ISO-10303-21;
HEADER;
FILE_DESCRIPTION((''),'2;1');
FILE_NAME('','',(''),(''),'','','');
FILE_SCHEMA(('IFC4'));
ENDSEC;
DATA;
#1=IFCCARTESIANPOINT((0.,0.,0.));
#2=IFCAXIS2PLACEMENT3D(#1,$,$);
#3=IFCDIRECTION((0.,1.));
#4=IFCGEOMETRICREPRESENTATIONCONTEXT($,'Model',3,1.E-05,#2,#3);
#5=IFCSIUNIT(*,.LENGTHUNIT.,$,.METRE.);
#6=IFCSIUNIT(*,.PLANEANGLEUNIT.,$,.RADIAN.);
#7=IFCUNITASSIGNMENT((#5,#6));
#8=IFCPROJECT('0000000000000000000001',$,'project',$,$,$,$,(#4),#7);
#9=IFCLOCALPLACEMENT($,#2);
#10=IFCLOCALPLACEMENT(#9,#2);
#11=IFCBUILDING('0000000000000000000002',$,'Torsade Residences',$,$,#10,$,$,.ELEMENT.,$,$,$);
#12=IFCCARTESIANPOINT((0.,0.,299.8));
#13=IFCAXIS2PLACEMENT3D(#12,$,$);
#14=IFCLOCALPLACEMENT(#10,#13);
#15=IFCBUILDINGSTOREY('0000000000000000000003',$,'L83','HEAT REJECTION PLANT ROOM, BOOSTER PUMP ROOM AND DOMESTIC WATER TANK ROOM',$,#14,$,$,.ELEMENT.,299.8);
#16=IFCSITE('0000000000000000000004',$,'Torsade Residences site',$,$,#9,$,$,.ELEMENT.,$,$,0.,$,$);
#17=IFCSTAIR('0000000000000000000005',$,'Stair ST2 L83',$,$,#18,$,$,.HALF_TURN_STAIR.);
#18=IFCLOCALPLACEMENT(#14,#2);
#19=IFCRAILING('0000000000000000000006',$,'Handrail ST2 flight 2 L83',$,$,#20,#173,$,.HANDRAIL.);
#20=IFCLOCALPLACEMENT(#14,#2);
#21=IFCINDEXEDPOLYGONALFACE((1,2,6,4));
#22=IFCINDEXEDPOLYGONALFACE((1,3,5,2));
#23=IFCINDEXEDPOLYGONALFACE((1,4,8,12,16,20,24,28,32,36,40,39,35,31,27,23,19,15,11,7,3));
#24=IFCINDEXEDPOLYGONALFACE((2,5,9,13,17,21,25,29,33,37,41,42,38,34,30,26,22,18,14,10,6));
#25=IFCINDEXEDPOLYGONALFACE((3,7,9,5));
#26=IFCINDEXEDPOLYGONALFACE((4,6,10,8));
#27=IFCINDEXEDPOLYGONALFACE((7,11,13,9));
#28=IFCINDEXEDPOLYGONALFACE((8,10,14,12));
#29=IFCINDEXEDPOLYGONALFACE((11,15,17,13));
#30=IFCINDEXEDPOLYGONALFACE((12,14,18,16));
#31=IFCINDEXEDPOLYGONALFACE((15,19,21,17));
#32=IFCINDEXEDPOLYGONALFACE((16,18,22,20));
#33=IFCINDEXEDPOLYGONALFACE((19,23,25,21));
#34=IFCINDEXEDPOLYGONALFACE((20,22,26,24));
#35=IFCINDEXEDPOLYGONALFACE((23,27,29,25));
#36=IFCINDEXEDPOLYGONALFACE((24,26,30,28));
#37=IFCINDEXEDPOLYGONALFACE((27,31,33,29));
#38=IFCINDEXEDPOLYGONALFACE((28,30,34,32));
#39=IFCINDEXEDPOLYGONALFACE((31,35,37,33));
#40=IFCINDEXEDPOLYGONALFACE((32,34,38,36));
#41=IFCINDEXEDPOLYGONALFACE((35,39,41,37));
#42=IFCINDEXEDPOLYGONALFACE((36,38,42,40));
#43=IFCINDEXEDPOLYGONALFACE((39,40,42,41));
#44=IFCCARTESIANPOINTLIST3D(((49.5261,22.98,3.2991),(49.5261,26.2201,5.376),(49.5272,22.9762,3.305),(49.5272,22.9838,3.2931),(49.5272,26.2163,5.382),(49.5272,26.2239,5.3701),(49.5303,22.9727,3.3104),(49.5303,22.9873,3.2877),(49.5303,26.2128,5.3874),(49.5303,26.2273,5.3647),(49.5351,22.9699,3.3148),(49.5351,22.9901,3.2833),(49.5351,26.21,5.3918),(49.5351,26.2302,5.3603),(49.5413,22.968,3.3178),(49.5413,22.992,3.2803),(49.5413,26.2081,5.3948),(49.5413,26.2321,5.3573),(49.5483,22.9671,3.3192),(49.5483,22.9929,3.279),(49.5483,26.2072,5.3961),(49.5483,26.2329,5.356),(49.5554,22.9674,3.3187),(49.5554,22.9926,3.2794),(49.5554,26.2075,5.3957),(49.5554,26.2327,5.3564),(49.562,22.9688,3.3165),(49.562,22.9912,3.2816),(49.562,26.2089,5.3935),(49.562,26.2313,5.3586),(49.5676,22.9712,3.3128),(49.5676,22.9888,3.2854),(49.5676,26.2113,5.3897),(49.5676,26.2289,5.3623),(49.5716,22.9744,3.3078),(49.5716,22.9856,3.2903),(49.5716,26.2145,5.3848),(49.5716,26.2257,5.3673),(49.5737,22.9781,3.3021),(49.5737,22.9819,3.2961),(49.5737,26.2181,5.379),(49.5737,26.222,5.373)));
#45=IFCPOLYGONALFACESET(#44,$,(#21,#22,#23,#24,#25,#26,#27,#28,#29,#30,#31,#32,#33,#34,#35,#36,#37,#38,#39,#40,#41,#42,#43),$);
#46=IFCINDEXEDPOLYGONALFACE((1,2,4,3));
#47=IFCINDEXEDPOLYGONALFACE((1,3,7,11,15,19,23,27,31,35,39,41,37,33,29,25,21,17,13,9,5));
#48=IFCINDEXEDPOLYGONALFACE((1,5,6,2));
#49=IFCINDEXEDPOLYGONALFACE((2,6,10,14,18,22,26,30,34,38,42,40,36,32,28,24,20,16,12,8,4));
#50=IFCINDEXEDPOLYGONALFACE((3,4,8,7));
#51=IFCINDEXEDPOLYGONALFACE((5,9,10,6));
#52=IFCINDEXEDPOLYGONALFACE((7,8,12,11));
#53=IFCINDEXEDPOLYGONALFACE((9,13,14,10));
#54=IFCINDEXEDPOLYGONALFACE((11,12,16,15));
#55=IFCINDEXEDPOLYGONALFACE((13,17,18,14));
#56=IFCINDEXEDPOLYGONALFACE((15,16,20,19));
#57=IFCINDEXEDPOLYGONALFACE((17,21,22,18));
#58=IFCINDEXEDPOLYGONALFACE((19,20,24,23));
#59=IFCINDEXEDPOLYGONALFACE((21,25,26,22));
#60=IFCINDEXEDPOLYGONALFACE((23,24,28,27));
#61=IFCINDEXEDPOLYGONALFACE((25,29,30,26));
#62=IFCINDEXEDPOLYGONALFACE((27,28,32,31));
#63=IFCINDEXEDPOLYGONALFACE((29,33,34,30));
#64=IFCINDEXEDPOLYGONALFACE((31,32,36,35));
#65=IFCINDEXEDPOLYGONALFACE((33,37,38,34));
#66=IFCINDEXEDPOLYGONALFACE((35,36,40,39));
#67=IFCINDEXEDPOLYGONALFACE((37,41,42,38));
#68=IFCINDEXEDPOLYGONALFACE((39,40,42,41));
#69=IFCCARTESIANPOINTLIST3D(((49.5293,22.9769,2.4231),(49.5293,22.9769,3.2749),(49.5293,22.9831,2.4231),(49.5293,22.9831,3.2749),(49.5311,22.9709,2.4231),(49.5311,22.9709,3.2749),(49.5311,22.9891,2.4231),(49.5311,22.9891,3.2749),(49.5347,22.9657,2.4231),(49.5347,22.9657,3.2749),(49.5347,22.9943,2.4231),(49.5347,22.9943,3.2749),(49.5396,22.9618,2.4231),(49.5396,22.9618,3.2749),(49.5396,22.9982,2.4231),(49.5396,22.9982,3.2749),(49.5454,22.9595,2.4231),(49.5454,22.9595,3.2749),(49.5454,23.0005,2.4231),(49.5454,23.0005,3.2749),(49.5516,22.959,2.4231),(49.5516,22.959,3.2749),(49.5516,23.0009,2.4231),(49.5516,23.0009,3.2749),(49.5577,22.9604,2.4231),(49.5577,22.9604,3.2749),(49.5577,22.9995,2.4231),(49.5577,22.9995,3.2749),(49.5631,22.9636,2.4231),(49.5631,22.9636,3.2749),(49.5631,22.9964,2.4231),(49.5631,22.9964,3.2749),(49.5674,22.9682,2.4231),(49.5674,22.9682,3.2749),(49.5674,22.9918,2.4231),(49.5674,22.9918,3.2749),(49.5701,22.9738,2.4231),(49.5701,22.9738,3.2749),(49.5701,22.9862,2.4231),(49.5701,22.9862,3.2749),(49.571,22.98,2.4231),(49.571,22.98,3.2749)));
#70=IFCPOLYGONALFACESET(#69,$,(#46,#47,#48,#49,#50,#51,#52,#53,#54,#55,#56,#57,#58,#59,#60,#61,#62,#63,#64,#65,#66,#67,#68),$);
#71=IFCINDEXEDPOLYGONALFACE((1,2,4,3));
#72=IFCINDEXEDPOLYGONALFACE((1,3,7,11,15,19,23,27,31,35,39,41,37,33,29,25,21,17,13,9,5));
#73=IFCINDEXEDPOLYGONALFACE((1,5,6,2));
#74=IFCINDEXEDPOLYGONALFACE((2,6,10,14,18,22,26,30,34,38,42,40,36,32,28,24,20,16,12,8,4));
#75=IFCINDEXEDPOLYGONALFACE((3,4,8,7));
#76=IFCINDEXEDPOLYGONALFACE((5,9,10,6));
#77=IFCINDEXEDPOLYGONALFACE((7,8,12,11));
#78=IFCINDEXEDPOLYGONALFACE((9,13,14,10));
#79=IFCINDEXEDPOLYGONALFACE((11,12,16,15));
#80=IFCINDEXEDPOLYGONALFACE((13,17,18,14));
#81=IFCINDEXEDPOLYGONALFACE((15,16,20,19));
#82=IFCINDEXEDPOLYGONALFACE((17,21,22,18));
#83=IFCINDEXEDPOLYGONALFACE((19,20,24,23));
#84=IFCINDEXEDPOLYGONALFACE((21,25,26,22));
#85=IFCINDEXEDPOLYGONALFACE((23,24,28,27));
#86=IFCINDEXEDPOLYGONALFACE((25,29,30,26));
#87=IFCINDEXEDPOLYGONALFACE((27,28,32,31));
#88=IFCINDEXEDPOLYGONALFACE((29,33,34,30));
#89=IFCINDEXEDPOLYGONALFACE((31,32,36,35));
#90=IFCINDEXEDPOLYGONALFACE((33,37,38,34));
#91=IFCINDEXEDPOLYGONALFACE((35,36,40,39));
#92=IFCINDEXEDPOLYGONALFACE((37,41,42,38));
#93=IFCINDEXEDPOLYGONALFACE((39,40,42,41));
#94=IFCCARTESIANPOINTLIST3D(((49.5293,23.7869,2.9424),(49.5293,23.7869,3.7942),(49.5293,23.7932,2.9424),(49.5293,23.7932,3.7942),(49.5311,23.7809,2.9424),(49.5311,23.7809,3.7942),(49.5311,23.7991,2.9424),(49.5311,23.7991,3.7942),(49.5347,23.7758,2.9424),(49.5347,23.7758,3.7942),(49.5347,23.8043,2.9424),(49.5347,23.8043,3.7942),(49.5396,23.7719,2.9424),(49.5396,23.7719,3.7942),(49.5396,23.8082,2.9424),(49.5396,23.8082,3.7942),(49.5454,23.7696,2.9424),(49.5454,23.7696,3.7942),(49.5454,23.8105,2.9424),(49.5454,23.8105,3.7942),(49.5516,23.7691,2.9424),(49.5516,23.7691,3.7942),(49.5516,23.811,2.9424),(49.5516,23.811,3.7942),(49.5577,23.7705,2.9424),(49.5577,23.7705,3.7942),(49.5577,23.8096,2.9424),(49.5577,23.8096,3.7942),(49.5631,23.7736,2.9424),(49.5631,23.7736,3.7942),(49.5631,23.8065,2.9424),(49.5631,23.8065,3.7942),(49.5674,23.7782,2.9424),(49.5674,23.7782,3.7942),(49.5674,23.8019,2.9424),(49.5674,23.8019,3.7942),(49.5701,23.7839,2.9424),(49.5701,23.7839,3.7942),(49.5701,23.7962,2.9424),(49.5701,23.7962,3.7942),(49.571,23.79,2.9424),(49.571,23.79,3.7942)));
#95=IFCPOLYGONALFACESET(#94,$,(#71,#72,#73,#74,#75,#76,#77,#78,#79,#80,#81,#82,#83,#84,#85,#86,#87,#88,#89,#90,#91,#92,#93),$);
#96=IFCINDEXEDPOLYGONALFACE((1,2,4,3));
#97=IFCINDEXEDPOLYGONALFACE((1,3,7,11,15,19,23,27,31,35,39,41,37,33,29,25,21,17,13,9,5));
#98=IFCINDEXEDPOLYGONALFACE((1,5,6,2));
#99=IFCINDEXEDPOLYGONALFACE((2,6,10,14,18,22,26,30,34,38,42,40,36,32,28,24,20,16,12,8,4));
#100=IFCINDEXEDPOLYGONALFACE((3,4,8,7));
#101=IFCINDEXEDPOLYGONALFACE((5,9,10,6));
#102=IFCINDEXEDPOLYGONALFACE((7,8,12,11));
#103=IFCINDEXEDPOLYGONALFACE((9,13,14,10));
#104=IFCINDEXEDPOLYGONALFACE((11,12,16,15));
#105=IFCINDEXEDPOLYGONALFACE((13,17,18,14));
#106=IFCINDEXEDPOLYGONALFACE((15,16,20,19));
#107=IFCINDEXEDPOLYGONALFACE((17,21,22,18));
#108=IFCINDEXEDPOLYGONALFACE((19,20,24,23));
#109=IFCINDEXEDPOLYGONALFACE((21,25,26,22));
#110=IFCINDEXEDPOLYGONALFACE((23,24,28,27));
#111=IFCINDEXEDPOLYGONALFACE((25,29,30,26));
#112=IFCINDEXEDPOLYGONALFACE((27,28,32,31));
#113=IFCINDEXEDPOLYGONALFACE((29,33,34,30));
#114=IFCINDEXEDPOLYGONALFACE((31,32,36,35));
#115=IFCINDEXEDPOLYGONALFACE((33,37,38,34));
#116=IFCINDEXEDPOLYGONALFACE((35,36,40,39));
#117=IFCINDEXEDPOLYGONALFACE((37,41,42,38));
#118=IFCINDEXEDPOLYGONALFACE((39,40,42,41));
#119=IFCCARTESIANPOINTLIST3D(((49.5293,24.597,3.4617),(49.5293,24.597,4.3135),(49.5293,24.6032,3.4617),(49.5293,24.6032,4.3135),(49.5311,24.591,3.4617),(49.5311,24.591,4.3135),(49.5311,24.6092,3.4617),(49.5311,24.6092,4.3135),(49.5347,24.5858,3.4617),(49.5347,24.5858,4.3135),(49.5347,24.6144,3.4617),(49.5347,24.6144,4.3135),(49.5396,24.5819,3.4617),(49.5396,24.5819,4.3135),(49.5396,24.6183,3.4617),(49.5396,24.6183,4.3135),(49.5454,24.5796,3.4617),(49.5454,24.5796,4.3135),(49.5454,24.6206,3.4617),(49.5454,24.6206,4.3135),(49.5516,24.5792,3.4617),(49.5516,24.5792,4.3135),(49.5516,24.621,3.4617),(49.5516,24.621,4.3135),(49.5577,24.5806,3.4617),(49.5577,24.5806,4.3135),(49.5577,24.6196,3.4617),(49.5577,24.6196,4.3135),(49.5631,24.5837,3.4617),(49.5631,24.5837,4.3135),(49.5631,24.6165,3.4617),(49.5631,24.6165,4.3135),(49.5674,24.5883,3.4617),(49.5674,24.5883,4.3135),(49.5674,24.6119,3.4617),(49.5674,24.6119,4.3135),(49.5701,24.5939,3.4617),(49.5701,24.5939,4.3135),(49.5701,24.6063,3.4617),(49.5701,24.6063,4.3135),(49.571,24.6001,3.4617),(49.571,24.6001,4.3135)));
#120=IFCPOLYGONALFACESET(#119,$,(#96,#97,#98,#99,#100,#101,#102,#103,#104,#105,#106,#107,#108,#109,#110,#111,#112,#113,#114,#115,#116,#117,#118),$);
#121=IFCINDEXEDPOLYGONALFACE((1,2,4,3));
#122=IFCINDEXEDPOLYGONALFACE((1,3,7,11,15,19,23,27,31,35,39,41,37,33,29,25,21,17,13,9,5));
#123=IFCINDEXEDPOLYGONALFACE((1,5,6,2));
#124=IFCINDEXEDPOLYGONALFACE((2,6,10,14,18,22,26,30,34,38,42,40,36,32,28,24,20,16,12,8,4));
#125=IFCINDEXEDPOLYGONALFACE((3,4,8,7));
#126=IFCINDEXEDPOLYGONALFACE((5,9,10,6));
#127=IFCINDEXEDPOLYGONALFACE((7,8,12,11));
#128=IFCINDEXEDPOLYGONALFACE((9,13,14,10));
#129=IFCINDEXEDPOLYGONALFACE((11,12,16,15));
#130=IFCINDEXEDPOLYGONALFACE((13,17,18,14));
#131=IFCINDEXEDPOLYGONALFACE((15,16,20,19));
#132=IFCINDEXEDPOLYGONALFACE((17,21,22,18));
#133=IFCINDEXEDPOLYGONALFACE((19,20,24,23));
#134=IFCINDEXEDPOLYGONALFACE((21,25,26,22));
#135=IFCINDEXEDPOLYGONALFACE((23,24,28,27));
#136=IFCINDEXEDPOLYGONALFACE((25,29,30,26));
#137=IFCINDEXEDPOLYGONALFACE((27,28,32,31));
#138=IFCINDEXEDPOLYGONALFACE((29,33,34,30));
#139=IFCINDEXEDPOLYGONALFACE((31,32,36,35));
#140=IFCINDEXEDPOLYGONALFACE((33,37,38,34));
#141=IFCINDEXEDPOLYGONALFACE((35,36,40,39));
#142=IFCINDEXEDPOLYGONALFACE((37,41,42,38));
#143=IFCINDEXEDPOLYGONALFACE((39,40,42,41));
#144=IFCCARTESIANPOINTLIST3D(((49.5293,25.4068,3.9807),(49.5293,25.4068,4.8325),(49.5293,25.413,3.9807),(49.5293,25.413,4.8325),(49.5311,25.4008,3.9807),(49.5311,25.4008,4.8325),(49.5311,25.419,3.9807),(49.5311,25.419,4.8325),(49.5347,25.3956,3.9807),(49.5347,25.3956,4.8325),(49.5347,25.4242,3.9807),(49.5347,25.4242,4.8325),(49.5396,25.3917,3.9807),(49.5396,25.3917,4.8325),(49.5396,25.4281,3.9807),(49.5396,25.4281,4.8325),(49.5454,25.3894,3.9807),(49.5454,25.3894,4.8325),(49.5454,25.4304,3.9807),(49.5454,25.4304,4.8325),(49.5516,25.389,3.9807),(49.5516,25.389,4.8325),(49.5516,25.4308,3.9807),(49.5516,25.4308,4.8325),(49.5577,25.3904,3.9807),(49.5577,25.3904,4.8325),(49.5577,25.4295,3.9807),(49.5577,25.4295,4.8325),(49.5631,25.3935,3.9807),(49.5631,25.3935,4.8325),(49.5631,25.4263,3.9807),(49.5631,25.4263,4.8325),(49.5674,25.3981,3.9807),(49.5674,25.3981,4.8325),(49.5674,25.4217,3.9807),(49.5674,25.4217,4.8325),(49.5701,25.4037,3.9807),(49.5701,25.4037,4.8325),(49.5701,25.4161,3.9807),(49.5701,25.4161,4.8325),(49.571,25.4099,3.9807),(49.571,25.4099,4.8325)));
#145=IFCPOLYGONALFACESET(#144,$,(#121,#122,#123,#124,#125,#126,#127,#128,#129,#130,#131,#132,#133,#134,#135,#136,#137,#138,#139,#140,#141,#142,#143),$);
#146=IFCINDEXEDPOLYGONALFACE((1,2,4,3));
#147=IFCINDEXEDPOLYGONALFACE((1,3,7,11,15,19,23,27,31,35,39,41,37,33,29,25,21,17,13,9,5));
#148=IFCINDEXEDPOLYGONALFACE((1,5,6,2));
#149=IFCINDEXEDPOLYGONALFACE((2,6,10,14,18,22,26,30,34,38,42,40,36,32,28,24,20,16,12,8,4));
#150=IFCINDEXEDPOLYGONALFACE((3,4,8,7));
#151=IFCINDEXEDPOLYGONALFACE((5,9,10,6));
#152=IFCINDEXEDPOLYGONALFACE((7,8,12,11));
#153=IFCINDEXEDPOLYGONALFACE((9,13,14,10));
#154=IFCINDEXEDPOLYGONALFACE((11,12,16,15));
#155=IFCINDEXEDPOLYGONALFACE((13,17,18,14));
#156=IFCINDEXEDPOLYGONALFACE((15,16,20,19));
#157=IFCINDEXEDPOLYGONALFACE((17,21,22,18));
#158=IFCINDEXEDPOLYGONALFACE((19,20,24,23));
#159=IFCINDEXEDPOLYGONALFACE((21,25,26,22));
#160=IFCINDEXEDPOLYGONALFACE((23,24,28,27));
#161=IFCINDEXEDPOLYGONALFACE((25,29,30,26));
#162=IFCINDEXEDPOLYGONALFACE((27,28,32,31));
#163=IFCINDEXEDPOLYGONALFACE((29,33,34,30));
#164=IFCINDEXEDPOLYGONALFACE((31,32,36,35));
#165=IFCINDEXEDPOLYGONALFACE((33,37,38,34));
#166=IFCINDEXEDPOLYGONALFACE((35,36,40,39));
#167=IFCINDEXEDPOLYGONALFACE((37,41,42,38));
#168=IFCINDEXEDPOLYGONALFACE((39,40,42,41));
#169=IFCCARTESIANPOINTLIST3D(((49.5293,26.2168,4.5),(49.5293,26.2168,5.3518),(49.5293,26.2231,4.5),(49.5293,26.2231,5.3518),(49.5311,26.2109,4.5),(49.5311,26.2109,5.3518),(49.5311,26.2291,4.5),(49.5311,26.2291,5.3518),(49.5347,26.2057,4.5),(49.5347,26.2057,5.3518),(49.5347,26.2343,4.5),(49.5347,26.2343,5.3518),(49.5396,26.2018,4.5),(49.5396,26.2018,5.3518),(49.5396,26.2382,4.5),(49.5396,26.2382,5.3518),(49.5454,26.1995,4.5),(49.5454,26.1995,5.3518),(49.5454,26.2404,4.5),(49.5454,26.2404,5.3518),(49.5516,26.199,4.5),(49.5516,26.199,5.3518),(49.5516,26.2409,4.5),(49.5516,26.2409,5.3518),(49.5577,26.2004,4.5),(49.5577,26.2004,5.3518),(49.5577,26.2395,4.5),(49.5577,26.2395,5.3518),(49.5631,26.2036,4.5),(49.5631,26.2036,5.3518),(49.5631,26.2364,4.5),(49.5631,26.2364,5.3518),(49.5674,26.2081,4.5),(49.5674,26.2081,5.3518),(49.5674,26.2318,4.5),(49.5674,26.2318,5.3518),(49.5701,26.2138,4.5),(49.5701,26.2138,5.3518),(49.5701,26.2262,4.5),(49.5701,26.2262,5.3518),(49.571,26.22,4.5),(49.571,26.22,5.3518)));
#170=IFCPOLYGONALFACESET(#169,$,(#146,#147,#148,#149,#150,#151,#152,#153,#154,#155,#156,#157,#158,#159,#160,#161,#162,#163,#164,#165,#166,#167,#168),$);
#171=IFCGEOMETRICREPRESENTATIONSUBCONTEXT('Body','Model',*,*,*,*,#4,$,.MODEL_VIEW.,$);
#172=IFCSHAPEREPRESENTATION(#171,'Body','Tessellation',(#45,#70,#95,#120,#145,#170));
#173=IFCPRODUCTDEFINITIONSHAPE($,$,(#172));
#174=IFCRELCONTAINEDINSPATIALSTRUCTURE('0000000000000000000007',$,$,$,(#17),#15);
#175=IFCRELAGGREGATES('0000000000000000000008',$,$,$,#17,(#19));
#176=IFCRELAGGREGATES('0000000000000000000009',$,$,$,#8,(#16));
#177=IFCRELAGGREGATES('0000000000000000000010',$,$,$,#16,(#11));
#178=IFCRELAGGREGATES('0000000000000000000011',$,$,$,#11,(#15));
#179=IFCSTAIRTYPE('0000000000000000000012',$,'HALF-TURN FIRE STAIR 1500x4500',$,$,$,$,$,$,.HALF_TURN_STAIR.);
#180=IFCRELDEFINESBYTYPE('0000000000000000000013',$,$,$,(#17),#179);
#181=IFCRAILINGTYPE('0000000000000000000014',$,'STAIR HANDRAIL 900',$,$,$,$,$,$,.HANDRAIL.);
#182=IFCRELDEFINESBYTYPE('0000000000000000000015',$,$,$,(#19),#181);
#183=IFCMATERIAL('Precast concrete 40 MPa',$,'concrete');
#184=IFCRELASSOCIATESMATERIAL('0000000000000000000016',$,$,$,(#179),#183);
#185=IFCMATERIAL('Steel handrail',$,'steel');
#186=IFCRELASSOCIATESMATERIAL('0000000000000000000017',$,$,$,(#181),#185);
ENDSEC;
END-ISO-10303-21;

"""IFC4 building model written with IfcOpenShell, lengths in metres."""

from ifc_helpers import new_model, si_unit, direction, frame, origin, origin_2d, place, context, subcontext, project, spatial, circle, extrude, material, type_object, element, aggregate, save


model = new_model("IFC4")

# Units and contexts
model_context = context("Model", 3, precision=1e-05, world=origin(), true_north=direction((0.0, 1.0)))
body_context = subcontext(model_context, "Body", "Model", "MODEL_VIEW")
ifc_project = project(units=[si_unit("LENGTHUNIT", "METRE"), si_unit("PLANEANGLEUNIT", "RADIAN")], contexts=[model_context])

# Site, building, storey
site_placement = place(None, origin())
site = spatial("IfcSite", under=ifc_project, at=site_placement, Name="Torsade Residences site", CompositionType="ELEMENT", RefElevation=0.0)
building_placement = place(site_placement, origin())
building = spatial("IfcBuilding", under=site, at=building_placement, Name="Torsade Residences", CompositionType="ELEMENT")
storey_placement = place(building_placement, frame((0.0, 0.0, 299.8)))
storey = spatial("IfcBuildingStorey", under=building, at=storey_placement, Name="L83", Description="HEAT REJECTION PLANT ROOM, BOOSTER PUMP ROOM AND DOMESTIC WATER TANK ROOM", CompositionType="ELEMENT", Elevation=299.8)

# Stair, railing
ifc_material_1 = material(Name="Precast concrete 40 MPa", Category="concrete")
stair_type = type_object("IfcStairType", Name="HALF-TURN FIRE STAIR 1500x4500", PredefinedType="HALF_TURN_STAIR", material=ifc_material_1)
stair_placement = place(storey_placement, origin())
stair = element("IfcStair", 1, at=stair_placement, inside=storey, type_object=stair_type, Name="Stair ST2 L83", PredefinedType="HALF_TURN_STAIR")
ifc_material_2 = material(Name="Steel handrail", Category="steel")
railing_type = type_object("IfcRailingType", Name="STAIR HANDRAIL 900", PredefinedType="HANDRAIL", material=ifc_material_2)
railing_1_placement = place(storey_placement, frame((49.55, 22.98, 2.4231)))
railing_1 = element("IfcRailing", 2, at=railing_1_placement, type_object=railing_type, Name="Handrail ST2 flight 2 L83", PredefinedType="HANDRAIL", context=body_context, shape_type="SweptSolid", body=[
    extrude(circle(Radius=0.0239, at=origin_2d()), frame((0.0, 0.0, 0.876), z_axis=(0.0, 0.841881, 0.539664), x_axis=(-1.0, 0.0, 0.0)), (0.0, 0.0, 1.0), 3.8486),
    extrude(circle(Radius=0.021, at=origin_2d()), origin(), (0.0, 0.0, 1.0), 0.8518),
    extrude(circle(Radius=0.021, at=origin_2d()), frame((0.0, 0.8101, 0.5193)), (0.0, 0.0, 1.0), 0.8518),
    extrude(circle(Radius=0.021, at=origin_2d()), frame((0.0, 1.6201, 1.0386)), (0.0, 0.0, 1.0), 0.8518),
    extrude(circle(Radius=0.021, at=origin_2d()), frame((0.0, 2.4299, 1.5576)), (0.0, 0.0, 1.0), 0.8518),
    extrude(circle(Radius=0.021, at=origin_2d()), frame((0.0, 3.24, 2.0769)), (0.0, 0.0, 1.0), 0.8518),
])
aggregate(stair, [railing_1])

save(model, "model.ifc")
